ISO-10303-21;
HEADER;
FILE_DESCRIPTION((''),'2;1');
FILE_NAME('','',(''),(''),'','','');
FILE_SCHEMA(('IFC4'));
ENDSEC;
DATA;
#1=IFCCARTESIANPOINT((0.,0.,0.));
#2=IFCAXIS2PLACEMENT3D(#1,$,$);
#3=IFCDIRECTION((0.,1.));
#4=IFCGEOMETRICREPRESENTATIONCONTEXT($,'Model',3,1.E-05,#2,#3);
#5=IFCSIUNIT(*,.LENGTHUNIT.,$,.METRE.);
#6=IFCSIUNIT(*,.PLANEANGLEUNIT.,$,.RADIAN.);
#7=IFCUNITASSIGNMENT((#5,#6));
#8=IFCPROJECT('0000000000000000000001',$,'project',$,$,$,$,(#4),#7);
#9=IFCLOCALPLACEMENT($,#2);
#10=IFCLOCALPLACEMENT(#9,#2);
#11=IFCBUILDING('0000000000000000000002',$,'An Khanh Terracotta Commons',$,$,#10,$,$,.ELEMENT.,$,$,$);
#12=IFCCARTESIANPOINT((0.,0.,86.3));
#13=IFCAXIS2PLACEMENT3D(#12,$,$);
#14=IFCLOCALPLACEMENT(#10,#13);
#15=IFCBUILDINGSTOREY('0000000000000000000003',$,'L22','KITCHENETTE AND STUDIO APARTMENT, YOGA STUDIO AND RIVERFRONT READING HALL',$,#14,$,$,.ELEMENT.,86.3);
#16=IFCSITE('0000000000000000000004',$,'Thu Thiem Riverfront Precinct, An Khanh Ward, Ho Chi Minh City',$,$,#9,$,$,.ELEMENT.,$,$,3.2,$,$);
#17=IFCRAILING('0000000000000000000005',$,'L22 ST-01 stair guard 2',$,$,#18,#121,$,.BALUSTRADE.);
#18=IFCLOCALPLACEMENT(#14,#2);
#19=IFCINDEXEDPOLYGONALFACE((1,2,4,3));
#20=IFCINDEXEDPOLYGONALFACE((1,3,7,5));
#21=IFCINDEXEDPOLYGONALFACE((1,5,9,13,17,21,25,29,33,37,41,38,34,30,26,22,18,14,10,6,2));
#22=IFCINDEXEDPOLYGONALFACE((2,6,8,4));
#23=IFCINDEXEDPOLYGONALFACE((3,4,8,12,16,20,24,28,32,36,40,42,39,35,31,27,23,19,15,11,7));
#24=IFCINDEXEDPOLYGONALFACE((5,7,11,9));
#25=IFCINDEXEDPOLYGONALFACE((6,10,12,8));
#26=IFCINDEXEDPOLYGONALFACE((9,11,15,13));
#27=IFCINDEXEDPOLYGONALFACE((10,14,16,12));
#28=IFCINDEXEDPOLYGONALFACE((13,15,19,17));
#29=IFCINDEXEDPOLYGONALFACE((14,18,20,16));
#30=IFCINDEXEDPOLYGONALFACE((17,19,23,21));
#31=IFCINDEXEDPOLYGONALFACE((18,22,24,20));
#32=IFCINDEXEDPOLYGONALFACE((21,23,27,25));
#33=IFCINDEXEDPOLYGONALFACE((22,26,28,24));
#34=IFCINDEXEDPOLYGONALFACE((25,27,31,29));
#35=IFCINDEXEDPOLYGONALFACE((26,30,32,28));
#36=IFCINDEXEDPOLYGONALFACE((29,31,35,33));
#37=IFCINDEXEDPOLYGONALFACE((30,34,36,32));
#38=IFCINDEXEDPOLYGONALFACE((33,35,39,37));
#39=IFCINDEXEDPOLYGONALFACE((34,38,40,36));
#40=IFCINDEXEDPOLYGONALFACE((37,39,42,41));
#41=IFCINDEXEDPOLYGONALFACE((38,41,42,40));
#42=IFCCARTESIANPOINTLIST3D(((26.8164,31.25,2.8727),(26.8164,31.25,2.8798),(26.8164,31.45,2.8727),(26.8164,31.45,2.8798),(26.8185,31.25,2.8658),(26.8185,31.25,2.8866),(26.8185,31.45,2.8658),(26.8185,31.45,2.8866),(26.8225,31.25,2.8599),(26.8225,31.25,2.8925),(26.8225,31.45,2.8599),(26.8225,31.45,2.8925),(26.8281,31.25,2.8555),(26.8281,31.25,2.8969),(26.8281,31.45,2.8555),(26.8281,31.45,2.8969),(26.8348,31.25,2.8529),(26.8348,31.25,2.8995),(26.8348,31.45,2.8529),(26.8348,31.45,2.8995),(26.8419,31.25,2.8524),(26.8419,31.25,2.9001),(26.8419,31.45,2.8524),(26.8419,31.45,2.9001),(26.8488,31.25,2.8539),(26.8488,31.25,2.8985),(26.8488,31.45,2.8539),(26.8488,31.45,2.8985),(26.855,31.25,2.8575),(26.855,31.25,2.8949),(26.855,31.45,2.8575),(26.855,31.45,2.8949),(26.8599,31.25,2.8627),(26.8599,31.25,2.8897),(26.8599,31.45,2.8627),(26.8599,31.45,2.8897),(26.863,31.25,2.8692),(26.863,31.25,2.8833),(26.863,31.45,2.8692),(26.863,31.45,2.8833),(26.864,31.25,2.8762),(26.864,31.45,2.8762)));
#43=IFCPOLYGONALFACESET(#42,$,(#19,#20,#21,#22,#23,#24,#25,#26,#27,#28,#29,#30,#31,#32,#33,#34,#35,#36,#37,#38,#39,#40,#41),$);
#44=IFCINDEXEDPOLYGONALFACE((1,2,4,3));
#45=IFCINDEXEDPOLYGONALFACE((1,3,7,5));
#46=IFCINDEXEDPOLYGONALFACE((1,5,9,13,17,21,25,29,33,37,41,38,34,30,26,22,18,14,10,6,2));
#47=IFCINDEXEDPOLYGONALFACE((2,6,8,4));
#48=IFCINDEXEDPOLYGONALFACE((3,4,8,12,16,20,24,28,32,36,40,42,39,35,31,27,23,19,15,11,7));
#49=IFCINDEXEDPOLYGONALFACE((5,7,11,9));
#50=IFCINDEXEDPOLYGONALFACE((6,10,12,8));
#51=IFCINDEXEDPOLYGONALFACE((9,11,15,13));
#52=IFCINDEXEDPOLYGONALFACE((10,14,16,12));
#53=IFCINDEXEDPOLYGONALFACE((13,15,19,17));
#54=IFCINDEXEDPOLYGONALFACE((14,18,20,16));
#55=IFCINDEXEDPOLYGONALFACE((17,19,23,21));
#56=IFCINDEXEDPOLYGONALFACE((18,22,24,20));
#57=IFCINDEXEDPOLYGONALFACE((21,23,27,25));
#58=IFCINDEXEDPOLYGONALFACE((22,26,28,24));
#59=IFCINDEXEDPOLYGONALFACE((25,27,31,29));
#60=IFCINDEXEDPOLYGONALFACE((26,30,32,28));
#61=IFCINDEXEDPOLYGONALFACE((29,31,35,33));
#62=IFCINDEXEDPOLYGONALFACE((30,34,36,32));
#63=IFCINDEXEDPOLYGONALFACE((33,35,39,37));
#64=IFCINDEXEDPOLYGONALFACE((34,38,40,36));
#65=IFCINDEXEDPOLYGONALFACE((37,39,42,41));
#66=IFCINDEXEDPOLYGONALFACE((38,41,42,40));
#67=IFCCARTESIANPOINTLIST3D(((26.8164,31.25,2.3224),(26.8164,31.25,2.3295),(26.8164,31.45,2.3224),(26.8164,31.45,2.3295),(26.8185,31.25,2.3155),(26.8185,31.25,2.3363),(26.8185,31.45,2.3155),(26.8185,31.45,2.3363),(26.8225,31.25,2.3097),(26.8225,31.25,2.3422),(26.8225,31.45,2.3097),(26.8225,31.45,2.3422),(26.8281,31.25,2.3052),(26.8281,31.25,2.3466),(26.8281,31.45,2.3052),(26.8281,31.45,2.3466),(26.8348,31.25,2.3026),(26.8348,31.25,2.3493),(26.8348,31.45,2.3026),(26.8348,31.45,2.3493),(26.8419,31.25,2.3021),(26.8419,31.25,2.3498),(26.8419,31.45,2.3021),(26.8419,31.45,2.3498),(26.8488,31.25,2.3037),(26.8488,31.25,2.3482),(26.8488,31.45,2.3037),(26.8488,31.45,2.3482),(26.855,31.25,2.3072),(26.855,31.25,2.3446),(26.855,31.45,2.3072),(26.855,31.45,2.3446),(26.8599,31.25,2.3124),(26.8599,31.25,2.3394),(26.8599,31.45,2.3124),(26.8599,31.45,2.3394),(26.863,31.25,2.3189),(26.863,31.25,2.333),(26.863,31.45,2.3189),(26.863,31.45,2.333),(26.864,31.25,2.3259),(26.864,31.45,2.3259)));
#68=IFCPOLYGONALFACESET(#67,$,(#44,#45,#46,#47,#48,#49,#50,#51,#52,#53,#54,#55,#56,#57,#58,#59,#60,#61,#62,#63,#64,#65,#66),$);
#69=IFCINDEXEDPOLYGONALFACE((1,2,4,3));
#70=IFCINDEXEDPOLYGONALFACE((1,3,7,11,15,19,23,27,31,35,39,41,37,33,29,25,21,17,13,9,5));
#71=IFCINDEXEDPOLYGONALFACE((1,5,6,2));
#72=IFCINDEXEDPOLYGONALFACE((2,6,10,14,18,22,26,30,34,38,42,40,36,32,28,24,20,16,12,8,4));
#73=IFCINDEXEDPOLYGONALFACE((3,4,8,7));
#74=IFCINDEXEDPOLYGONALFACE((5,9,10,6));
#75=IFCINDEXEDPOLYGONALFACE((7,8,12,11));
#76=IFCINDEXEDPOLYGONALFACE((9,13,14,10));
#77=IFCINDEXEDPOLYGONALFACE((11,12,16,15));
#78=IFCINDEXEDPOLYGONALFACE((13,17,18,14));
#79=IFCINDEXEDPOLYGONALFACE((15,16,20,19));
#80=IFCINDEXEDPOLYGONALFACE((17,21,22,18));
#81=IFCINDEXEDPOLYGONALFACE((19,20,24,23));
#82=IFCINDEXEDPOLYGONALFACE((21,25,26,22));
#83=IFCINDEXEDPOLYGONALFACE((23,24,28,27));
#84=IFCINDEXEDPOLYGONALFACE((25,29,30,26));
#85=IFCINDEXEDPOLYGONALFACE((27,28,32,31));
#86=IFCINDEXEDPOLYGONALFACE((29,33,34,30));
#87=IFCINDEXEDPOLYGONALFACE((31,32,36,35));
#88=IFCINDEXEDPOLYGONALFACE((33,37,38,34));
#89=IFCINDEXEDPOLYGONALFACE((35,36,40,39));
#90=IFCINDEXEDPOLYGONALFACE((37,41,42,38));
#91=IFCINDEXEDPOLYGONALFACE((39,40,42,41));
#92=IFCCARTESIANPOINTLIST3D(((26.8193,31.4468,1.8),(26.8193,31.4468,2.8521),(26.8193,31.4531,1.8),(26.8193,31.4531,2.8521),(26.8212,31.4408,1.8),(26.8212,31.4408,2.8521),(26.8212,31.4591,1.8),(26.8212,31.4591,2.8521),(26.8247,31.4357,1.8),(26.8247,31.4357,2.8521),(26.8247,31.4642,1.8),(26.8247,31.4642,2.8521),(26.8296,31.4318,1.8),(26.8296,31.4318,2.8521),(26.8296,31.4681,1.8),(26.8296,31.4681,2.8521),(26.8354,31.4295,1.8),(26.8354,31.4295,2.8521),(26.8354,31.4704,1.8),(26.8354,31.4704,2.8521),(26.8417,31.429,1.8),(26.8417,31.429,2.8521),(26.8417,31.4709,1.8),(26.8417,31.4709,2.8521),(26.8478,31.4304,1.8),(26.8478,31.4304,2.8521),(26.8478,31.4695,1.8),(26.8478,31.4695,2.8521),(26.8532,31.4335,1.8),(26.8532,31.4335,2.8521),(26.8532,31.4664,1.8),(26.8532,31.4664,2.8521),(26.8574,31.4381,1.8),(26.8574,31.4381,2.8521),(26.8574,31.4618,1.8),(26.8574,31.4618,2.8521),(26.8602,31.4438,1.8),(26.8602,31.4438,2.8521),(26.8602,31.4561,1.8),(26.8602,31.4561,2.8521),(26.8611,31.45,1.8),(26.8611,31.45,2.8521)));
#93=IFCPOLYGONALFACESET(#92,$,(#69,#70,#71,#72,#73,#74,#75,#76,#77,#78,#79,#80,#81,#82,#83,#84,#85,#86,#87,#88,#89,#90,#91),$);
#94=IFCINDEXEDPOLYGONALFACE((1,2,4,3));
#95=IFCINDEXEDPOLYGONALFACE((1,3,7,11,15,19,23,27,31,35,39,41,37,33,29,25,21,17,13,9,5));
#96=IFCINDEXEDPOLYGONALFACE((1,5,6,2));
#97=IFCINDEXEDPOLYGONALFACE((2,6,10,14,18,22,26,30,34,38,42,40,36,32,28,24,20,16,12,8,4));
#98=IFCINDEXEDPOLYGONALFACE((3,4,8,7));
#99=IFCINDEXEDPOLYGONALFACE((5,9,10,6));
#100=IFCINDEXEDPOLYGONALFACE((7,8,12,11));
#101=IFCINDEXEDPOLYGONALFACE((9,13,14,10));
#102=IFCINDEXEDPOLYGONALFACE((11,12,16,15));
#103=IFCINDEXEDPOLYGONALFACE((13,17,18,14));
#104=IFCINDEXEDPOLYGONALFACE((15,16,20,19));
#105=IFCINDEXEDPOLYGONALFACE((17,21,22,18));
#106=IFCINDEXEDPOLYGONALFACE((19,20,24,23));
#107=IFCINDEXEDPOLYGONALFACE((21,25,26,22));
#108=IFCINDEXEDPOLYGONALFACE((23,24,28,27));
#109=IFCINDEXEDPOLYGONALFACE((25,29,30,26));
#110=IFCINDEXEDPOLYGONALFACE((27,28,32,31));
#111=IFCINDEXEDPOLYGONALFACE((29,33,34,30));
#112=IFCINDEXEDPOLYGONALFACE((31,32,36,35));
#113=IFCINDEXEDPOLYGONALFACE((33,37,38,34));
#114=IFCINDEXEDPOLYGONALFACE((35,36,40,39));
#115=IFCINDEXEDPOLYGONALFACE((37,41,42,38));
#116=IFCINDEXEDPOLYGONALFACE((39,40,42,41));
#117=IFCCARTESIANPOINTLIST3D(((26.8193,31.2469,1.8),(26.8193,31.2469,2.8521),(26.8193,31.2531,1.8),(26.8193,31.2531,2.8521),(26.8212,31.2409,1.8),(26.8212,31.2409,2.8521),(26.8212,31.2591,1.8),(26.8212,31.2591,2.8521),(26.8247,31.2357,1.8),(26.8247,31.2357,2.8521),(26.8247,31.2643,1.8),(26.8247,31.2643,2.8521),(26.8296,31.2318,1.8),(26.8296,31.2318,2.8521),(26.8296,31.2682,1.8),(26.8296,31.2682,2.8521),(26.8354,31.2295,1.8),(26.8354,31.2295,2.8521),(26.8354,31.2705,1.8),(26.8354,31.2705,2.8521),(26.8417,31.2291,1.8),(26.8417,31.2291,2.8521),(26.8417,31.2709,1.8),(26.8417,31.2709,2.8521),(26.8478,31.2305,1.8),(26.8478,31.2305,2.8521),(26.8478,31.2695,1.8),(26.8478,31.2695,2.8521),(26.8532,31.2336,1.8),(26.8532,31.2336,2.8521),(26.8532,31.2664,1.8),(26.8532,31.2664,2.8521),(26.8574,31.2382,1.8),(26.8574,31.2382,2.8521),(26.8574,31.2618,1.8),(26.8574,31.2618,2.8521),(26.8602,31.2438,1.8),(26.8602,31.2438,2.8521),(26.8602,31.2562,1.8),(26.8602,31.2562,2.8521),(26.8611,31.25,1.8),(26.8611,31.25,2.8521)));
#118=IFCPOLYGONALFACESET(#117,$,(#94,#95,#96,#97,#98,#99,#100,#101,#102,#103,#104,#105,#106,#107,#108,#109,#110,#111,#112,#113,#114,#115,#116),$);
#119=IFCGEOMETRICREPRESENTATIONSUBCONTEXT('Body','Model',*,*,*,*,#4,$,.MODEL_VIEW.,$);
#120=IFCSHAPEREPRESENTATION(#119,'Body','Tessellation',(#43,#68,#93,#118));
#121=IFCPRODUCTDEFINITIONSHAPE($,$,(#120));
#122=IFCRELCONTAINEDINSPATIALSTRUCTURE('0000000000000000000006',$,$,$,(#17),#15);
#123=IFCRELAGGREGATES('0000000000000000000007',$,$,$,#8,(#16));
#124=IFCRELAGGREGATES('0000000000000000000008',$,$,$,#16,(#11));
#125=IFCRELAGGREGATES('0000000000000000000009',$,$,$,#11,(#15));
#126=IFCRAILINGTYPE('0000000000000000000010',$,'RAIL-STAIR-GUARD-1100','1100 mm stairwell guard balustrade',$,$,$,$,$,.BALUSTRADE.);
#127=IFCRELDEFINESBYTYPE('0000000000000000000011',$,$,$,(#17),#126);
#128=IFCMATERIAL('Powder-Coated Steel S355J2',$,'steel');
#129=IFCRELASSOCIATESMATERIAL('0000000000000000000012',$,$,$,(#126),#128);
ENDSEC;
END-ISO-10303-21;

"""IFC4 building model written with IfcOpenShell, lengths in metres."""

from ifc_helpers import new_model, si_unit, direction, frame, origin, origin_2d, place, context, subcontext, project, spatial, circle, extrude, material, type_object, element, save


model = new_model("IFC4")

# Units and contexts
model_context = context("Model", 3, precision=1e-05, world=origin(), true_north=direction((0.0, 1.0)))
body_context = subcontext(model_context, "Body", "Model", "MODEL_VIEW")
ifc_project = project(units=[si_unit("LENGTHUNIT", "METRE"), si_unit("PLANEANGLEUNIT", "RADIAN")], contexts=[model_context])

# Site, building, storey
site_placement = place(None, origin())
site = spatial("IfcSite", under=ifc_project, at=site_placement, Name="Thu Thiem Riverfront Precinct, An Khanh Ward, Ho Chi Minh City", CompositionType="ELEMENT", RefElevation=3.2)
building_placement = place(site_placement, origin())
building = spatial("IfcBuilding", under=site, at=building_placement, Name="An Khanh Terracotta Commons", CompositionType="ELEMENT")
storey_placement = place(building_placement, frame((0.0, 0.0, 86.3)))
storey = spatial("IfcBuildingStorey", under=building, at=storey_placement, Name="L22", Description="KITCHENETTE AND STUDIO APARTMENT, YOGA STUDIO AND RIVERFRONT READING HALL", CompositionType="ELEMENT", Elevation=86.3)

# Railing
ifc_material_1 = material(Name="Powder-Coated Steel S355J2", Category="steel")
railing_type_1 = type_object("IfcRailingType", Name="RAIL-STAIR-GUARD-1100", Description="1100 mm stairwell guard balustrade", PredefinedType="BALUSTRADE", material=ifc_material_1)
railing_1_placement = place(storey_placement, frame((26.8401, 31.45, 1.8)))
element("IfcRailing", 1, at=railing_1_placement, inside=storey, type_object=railing_type_1, Name="L22 ST-01 stair guard 2", PredefinedType="BALUSTRADE", context=body_context, shape_type="SweptSolid", body=[
    extrude(circle(Radius=0.0239, at=origin_2d()), frame((0.0, 0.0, 1.0762), z_axis=(0.0, -1.0, 0.0), x_axis=(1.0, 0.0, 0.0)), (0.0, 0.0, 1.0), 0.2),
    extrude(circle(Radius=0.0239, at=origin_2d()), frame((0.0, 0.0, 0.5259), z_axis=(0.0, -1.0, 0.0), x_axis=(1.0, 0.0, 0.0)), (0.0, 0.0, 1.0), 0.2),
    extrude(circle(Radius=0.021, at=origin_2d()), origin(), (0.0, 0.0, 1.0), 1.052),
    extrude(circle(Radius=0.021, at=origin_2d()), frame((0.0, -0.2, 0.0)), (0.0, 0.0, 1.0), 1.052),
])

save(model, "model.ifc")
